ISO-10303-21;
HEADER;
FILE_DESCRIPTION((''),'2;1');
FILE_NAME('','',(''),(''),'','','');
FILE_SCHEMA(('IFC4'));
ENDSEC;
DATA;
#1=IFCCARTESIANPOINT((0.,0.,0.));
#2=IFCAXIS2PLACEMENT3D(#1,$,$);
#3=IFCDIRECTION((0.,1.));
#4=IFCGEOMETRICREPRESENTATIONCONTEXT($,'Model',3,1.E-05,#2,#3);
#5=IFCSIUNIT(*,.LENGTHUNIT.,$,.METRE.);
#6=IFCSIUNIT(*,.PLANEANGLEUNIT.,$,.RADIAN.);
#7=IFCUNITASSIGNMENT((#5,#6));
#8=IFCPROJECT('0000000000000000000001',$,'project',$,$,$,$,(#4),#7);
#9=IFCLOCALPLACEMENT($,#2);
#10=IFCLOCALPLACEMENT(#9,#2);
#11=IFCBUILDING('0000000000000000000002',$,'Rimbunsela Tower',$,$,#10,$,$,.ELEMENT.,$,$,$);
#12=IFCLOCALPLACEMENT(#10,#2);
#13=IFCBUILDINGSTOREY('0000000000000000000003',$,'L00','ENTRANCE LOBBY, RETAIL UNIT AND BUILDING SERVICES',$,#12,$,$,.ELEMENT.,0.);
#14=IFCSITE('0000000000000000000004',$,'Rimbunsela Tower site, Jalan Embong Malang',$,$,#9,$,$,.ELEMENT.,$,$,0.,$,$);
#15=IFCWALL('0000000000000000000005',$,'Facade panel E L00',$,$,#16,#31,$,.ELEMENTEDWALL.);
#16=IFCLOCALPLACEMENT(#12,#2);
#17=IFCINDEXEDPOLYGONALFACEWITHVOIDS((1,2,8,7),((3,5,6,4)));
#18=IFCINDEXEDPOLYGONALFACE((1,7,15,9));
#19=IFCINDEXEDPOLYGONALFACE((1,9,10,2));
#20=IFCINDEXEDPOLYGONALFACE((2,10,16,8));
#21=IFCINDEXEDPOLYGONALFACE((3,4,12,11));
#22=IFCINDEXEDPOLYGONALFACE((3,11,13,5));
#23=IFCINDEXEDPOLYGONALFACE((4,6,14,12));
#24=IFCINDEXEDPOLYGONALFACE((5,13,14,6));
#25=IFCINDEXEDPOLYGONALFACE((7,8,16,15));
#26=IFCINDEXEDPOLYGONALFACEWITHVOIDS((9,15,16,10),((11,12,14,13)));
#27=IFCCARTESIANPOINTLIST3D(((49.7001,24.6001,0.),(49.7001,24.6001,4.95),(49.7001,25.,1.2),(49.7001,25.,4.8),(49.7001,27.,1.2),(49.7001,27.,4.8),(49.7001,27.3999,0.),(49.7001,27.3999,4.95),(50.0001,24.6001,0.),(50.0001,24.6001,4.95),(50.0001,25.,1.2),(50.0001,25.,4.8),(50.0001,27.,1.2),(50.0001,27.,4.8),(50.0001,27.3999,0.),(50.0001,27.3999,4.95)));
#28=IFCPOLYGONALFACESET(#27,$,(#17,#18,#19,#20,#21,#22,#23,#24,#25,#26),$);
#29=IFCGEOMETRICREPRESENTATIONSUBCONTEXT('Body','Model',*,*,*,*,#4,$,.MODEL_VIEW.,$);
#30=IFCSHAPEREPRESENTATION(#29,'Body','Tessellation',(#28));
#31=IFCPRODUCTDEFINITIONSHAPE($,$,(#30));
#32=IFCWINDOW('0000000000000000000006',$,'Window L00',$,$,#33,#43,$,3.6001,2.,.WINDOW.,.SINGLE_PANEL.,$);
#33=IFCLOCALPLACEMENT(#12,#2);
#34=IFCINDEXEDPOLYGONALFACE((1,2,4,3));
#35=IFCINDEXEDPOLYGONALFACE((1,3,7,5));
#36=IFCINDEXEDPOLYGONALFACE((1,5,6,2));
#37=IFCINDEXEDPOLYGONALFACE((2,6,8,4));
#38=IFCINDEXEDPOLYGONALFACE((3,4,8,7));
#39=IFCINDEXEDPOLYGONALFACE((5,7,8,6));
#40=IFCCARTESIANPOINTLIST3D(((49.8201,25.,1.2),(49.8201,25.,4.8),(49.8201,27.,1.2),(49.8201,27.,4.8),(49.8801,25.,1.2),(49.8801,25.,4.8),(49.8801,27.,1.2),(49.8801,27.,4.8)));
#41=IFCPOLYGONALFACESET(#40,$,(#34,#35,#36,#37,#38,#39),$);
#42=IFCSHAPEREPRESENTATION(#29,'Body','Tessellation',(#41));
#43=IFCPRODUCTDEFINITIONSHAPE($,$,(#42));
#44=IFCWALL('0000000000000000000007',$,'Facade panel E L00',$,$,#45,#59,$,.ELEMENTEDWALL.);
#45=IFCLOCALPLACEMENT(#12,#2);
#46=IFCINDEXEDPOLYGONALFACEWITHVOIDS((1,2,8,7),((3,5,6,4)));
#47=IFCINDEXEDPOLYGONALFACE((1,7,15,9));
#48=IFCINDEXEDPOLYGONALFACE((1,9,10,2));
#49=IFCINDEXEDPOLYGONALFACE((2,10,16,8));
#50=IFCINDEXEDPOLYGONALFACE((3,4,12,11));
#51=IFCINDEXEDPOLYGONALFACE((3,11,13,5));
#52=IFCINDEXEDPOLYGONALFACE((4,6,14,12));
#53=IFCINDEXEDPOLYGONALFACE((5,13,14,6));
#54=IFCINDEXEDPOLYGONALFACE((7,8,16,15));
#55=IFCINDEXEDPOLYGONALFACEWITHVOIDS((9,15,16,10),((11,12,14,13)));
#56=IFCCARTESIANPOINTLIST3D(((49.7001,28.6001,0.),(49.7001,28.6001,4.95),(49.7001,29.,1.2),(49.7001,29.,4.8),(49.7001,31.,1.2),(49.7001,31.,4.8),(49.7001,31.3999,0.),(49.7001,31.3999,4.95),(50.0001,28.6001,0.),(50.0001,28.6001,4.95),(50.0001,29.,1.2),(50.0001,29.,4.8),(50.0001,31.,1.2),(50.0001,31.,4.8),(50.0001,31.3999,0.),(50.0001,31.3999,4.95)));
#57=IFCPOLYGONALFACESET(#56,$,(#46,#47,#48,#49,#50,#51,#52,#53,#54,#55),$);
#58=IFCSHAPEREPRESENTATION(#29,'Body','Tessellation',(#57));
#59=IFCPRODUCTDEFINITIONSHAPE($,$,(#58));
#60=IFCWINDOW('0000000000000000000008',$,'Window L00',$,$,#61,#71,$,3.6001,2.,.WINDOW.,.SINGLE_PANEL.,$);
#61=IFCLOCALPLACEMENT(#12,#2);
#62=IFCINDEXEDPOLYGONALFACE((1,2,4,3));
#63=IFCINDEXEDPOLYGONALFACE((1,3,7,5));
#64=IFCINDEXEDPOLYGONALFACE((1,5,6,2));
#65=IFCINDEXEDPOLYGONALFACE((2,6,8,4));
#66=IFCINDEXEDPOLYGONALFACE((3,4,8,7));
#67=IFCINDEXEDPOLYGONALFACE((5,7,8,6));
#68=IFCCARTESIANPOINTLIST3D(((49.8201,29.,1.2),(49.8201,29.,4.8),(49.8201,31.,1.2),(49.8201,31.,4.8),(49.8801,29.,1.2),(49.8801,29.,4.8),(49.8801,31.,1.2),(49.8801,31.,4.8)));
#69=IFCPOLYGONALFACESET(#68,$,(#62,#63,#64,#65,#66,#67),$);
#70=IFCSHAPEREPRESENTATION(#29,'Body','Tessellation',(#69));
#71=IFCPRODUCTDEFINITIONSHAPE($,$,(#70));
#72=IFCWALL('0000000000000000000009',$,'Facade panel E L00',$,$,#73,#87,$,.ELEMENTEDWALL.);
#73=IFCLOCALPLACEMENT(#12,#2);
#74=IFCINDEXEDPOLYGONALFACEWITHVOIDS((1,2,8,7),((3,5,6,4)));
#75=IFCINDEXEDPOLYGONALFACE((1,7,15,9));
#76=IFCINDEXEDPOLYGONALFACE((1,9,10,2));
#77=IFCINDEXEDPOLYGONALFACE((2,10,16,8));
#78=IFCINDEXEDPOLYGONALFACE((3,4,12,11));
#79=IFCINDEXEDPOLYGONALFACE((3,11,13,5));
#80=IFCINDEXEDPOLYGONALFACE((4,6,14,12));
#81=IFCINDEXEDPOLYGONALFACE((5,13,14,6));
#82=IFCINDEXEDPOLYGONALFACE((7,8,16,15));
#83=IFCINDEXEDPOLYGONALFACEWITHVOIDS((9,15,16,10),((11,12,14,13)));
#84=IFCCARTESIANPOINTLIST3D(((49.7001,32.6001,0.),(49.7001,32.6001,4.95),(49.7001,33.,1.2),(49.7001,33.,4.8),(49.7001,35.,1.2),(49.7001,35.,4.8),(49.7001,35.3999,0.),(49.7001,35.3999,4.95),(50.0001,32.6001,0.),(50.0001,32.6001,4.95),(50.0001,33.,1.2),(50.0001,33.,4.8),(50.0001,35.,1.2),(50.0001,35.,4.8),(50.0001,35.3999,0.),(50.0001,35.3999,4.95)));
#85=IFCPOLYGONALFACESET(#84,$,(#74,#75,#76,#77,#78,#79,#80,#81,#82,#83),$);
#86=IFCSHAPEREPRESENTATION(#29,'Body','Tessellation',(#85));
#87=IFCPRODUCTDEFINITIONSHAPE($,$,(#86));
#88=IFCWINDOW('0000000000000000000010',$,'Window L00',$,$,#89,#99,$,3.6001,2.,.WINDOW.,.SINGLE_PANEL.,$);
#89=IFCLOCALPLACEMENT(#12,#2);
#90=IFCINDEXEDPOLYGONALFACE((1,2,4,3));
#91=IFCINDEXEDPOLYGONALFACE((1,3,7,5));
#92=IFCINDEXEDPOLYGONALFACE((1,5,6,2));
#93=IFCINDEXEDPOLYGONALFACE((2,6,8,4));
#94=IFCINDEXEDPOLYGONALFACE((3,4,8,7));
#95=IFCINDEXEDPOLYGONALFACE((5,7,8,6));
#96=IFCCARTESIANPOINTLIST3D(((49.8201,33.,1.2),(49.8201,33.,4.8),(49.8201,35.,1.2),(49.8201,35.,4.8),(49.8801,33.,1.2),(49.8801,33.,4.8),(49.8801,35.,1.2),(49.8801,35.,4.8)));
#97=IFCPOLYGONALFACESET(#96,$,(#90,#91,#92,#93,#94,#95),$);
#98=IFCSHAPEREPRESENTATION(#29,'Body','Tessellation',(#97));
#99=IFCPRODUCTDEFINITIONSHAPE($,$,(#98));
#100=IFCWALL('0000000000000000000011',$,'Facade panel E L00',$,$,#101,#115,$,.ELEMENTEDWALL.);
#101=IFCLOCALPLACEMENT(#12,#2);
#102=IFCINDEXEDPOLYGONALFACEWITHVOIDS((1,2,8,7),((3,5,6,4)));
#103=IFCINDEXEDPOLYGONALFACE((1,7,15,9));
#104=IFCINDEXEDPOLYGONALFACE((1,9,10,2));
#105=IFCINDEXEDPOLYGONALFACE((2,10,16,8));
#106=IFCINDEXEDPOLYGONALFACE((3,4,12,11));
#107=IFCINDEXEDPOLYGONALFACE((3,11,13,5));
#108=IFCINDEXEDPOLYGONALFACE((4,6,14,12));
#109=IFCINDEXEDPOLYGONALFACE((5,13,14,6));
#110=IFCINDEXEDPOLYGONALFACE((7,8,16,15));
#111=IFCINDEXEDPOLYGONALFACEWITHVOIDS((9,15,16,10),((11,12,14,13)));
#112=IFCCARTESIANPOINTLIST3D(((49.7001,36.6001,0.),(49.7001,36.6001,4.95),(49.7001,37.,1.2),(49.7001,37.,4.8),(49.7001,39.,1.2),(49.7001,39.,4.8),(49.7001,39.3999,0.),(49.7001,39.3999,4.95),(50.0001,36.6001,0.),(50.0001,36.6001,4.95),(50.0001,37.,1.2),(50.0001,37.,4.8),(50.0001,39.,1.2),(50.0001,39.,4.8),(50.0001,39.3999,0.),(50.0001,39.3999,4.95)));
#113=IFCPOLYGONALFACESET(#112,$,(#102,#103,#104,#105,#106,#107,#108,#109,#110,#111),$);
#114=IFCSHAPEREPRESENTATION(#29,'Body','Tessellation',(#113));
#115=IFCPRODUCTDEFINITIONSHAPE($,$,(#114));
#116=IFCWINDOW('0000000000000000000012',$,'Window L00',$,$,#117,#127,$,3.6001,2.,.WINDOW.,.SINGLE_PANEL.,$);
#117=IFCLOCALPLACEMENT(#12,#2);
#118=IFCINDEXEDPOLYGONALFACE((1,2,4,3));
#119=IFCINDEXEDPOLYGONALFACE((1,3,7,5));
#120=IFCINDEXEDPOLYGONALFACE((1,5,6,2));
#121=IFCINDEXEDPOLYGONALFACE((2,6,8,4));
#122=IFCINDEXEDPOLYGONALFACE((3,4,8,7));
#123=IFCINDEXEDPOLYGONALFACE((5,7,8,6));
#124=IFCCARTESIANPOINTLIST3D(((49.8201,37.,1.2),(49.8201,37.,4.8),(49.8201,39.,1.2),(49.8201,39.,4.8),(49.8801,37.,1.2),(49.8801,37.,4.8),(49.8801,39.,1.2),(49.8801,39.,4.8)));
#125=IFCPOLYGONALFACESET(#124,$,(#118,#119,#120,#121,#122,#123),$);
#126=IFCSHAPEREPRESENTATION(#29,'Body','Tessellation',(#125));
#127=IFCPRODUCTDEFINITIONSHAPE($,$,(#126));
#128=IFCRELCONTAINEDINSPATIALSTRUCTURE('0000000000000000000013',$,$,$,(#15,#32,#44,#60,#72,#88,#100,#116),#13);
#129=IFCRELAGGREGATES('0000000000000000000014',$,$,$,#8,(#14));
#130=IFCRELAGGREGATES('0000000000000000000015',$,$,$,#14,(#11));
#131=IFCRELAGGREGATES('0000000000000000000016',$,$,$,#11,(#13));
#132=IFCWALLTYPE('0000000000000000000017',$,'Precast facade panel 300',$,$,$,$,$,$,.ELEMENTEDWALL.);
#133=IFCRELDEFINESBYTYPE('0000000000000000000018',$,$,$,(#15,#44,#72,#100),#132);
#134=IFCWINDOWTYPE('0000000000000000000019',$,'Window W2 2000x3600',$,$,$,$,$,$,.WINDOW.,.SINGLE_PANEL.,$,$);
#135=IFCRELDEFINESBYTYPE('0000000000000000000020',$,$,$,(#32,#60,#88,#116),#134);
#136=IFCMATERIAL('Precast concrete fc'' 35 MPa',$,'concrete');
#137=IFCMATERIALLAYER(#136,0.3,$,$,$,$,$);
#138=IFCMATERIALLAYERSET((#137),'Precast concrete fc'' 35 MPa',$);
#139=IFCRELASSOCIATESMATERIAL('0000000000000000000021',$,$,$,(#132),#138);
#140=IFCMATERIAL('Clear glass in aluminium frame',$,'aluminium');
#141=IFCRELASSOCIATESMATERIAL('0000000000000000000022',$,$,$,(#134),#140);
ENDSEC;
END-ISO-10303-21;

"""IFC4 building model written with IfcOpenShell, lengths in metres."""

from ifc_helpers import new_model, si_unit, direction, frame, frame_2d, origin, place, context, subcontext, project, spatial, rectangle, extrude, material, layer, layer_set, type_object, element, fill, save


model = new_model("IFC4")

# Units and contexts
model_context = context("Model", 3, precision=1e-05, world=origin(), true_north=direction((0.0, 1.0)))
body_context = subcontext(model_context, "Body", "Model", "MODEL_VIEW")
ifc_project = project(units=[si_unit("LENGTHUNIT", "METRE"), si_unit("PLANEANGLEUNIT", "RADIAN")], contexts=[model_context])

# Site, building, storey
site_placement = place(None, origin())
site = spatial("IfcSite", under=ifc_project, at=site_placement, Name="Rimbunsela Tower site, Jalan Embong Malang", CompositionType="ELEMENT", RefElevation=0.0)
building_placement = place(site_placement, origin())
building = spatial("IfcBuilding", under=site, at=building_placement, Name="Rimbunsela Tower", CompositionType="ELEMENT")
storey_placement = place(building_placement, origin())
storey = spatial("IfcBuildingStorey", under=building, at=storey_placement, Name="L00", Description="ENTRANCE LOBBY, RETAIL UNIT AND BUILDING SERVICES", CompositionType="ELEMENT", Elevation=0.0)

# Walls, openings, windows
ifc_material_1 = material(Name="Precast concrete fc' 35 MPa", Category="concrete")
ifc_layer = layer(ifc_material_1, 0.3)
ifc_layer_set = layer_set([ifc_layer], Name="Precast concrete fc' 35 MPa")
wall_type = type_object("IfcWallType", Name="Precast facade panel 300", PredefinedType="ELEMENTEDWALL", material=ifc_layer_set)
ifc_material_2 = material(Name="Clear glass in aluminium frame", Category="aluminium")
window_type = type_object("IfcWindowType", Name="Window W2 2000x3600", PartitioningType="SINGLE_PANEL", PredefinedType="WINDOW", material=ifc_material_2)
wall_1_placement = place(storey_placement, frame((49.8501, 24.6001, 0.0), z_axis=(0.0, 0.0, 1.0), x_axis=(0.0, 1.0, 0.0)))
wall_1 = element("IfcWall", 1, at=wall_1_placement, inside=storey, type_object=wall_type, Name="Facade panel E L00", PredefinedType="ELEMENTEDWALL", context=body_context, shape_type="SweptSolid", body=[
    extrude(rectangle(XDim=2.7998, YDim=0.3, at=frame_2d((1.3999, 0.0))), origin(), (0.0, 0.0, 1.0), 4.95),
])
opening_1_placement = place(wall_1_placement, frame((0.3999, 0.0, 1.2)))
opening_1 = element("IfcOpeningElement", 2, at=opening_1_placement, cuts=wall_1, PredefinedType="OPENING", context=body_context, shape_type="SweptSolid", body=[
    extrude(rectangle(XDim=2.0, YDim=3.6001, at=frame_2d((1.0, 1.8))), frame((0.0, 0.1599, 0.0), z_axis=(0.0, -1.0, 0.0), x_axis=(1.0, 0.0, 0.0)), (0.0, 0.0, 1.0), 0.3201),
])
window_1_placement = place(opening_1_placement, origin())
window_1 = element("IfcWindow", 3, at=window_1_placement, inside=storey, type_object=window_type, Name="Window L00", OverallHeight=3.6001, OverallWidth=2.0, PartitioningType="SINGLE_PANEL", PredefinedType="WINDOW", context=body_context, shape_type="SweptSolid", body=[
    extrude(rectangle(XDim=2.0, YDim=3.6001, at=frame_2d((1.0, 1.8))), frame((0.0, 0.03, 0.0), z_axis=(0.0, -1.0, 0.0), x_axis=(1.0, 0.0, 0.0)), (0.0, 0.0, 1.0), 0.0601),
])
fill(opening_1, window_1)
wall_2_placement = place(storey_placement, frame((49.8501, 28.6001, 0.0), z_axis=(0.0, 0.0, 1.0), x_axis=(0.0, 1.0, 0.0)))
wall_2 = element("IfcWall", 4, at=wall_2_placement, inside=storey, type_object=wall_type, Name="Facade panel E L00", PredefinedType="ELEMENTEDWALL", context=body_context, shape_type="SweptSolid", body=[
    extrude(rectangle(XDim=2.7998, YDim=0.3, at=frame_2d((1.3999, 0.0))), origin(), (0.0, 0.0, 1.0), 4.95),
])
opening_2_placement = place(wall_2_placement, frame((0.3999, 0.0, 1.2)))
opening_2 = element("IfcOpeningElement", 5, at=opening_2_placement, cuts=wall_2, PredefinedType="OPENING", context=body_context, shape_type="SweptSolid", body=[
    extrude(rectangle(XDim=2.0, YDim=3.6001, at=frame_2d((1.0, 1.8))), frame((0.0, 0.1599, 0.0), z_axis=(0.0, -1.0, 0.0), x_axis=(1.0, 0.0, 0.0)), (0.0, 0.0, 1.0), 0.3201),
])
window_2_placement = place(opening_2_placement, origin())
window_2 = element("IfcWindow", 6, at=window_2_placement, inside=storey, type_object=window_type, Name="Window L00", OverallHeight=3.6001, OverallWidth=2.0, PartitioningType="SINGLE_PANEL", PredefinedType="WINDOW", context=body_context, shape_type="SweptSolid", body=[
    extrude(rectangle(XDim=2.0, YDim=3.6001, at=frame_2d((1.0, 1.8))), frame((0.0, 0.03, 0.0), z_axis=(0.0, -1.0, 0.0), x_axis=(1.0, 0.0, 0.0)), (0.0, 0.0, 1.0), 0.0601),
])
fill(opening_2, window_2)
wall_3_placement = place(storey_placement, frame((49.8501, 32.6001, 0.0), z_axis=(0.0, 0.0, 1.0), x_axis=(0.0, 1.0, 0.0)))
wall_3 = element("IfcWall", 7, at=wall_3_placement, inside=storey, type_object=wall_type, Name="Facade panel E L00", PredefinedType="ELEMENTEDWALL", context=body_context, shape_type="SweptSolid", body=[
    extrude(rectangle(XDim=2.7998, YDim=0.3, at=frame_2d((1.3999, 0.0))), origin(), (0.0, 0.0, 1.0), 4.95),
])
opening_3_placement = place(wall_3_placement, frame((0.3999, 0.0, 1.2)))
opening_3 = element("IfcOpeningElement", 8, at=opening_3_placement, cuts=wall_3, PredefinedType="OPENING", context=body_context, shape_type="SweptSolid", body=[
    extrude(rectangle(XDim=2.0, YDim=3.6001, at=frame_2d((1.0, 1.8))), frame((0.0, 0.1599, 0.0), z_axis=(0.0, -1.0, 0.0), x_axis=(1.0, 0.0, 0.0)), (0.0, 0.0, 1.0), 0.3201),
])
window_3_placement = place(opening_3_placement, origin())
window_3 = element("IfcWindow", 9, at=window_3_placement, inside=storey, type_object=window_type, Name="Window L00", OverallHeight=3.6001, OverallWidth=2.0, PartitioningType="SINGLE_PANEL", PredefinedType="WINDOW", context=body_context, shape_type="SweptSolid", body=[
    extrude(rectangle(XDim=2.0, YDim=3.6001, at=frame_2d((1.0, 1.8))), frame((0.0, 0.03, 0.0), z_axis=(0.0, -1.0, 0.0), x_axis=(1.0, 0.0, 0.0)), (0.0, 0.0, 1.0), 0.0601),
])
fill(opening_3, window_3)
wall_4_placement = place(storey_placement, frame((49.8501, 36.6001, 0.0), z_axis=(0.0, 0.0, 1.0), x_axis=(0.0, 1.0, 0.0)))
wall_4 = element("IfcWall", 10, at=wall_4_placement, inside=storey, type_object=wall_type, Name="Facade panel E L00", PredefinedType="ELEMENTEDWALL", context=body_context, shape_type="SweptSolid", body=[
    extrude(rectangle(XDim=2.7998, YDim=0.3, at=frame_2d((1.3999, 0.0))), origin(), (0.0, 0.0, 1.0), 4.95),
])
opening_4_placement = place(wall_4_placement, frame((0.3999, 0.0, 1.2)))
opening_4 = element("IfcOpeningElement", 11, at=opening_4_placement, cuts=wall_4, PredefinedType="OPENING", context=body_context, shape_type="SweptSolid", body=[
    extrude(rectangle(XDim=2.0, YDim=3.6001, at=frame_2d((1.0, 1.8))), frame((0.0, 0.1599, 0.0), z_axis=(0.0, -1.0, 0.0), x_axis=(1.0, 0.0, 0.0)), (0.0, 0.0, 1.0), 0.3201),
])
window_4_placement = place(opening_4_placement, origin())
window_4 = element("IfcWindow", 12, at=window_4_placement, inside=storey, type_object=window_type, Name="Window L00", OverallHeight=3.6001, OverallWidth=2.0, PartitioningType="SINGLE_PANEL", PredefinedType="WINDOW", context=body_context, shape_type="SweptSolid", body=[
    extrude(rectangle(XDim=2.0, YDim=3.6001, at=frame_2d((1.0, 1.8))), frame((0.0, 0.03, 0.0), z_axis=(0.0, -1.0, 0.0), x_axis=(1.0, 0.0, 0.0)), (0.0, 0.0, 1.0), 0.0601),
])
fill(opening_4, window_4)

save(model, "model.ifc")
